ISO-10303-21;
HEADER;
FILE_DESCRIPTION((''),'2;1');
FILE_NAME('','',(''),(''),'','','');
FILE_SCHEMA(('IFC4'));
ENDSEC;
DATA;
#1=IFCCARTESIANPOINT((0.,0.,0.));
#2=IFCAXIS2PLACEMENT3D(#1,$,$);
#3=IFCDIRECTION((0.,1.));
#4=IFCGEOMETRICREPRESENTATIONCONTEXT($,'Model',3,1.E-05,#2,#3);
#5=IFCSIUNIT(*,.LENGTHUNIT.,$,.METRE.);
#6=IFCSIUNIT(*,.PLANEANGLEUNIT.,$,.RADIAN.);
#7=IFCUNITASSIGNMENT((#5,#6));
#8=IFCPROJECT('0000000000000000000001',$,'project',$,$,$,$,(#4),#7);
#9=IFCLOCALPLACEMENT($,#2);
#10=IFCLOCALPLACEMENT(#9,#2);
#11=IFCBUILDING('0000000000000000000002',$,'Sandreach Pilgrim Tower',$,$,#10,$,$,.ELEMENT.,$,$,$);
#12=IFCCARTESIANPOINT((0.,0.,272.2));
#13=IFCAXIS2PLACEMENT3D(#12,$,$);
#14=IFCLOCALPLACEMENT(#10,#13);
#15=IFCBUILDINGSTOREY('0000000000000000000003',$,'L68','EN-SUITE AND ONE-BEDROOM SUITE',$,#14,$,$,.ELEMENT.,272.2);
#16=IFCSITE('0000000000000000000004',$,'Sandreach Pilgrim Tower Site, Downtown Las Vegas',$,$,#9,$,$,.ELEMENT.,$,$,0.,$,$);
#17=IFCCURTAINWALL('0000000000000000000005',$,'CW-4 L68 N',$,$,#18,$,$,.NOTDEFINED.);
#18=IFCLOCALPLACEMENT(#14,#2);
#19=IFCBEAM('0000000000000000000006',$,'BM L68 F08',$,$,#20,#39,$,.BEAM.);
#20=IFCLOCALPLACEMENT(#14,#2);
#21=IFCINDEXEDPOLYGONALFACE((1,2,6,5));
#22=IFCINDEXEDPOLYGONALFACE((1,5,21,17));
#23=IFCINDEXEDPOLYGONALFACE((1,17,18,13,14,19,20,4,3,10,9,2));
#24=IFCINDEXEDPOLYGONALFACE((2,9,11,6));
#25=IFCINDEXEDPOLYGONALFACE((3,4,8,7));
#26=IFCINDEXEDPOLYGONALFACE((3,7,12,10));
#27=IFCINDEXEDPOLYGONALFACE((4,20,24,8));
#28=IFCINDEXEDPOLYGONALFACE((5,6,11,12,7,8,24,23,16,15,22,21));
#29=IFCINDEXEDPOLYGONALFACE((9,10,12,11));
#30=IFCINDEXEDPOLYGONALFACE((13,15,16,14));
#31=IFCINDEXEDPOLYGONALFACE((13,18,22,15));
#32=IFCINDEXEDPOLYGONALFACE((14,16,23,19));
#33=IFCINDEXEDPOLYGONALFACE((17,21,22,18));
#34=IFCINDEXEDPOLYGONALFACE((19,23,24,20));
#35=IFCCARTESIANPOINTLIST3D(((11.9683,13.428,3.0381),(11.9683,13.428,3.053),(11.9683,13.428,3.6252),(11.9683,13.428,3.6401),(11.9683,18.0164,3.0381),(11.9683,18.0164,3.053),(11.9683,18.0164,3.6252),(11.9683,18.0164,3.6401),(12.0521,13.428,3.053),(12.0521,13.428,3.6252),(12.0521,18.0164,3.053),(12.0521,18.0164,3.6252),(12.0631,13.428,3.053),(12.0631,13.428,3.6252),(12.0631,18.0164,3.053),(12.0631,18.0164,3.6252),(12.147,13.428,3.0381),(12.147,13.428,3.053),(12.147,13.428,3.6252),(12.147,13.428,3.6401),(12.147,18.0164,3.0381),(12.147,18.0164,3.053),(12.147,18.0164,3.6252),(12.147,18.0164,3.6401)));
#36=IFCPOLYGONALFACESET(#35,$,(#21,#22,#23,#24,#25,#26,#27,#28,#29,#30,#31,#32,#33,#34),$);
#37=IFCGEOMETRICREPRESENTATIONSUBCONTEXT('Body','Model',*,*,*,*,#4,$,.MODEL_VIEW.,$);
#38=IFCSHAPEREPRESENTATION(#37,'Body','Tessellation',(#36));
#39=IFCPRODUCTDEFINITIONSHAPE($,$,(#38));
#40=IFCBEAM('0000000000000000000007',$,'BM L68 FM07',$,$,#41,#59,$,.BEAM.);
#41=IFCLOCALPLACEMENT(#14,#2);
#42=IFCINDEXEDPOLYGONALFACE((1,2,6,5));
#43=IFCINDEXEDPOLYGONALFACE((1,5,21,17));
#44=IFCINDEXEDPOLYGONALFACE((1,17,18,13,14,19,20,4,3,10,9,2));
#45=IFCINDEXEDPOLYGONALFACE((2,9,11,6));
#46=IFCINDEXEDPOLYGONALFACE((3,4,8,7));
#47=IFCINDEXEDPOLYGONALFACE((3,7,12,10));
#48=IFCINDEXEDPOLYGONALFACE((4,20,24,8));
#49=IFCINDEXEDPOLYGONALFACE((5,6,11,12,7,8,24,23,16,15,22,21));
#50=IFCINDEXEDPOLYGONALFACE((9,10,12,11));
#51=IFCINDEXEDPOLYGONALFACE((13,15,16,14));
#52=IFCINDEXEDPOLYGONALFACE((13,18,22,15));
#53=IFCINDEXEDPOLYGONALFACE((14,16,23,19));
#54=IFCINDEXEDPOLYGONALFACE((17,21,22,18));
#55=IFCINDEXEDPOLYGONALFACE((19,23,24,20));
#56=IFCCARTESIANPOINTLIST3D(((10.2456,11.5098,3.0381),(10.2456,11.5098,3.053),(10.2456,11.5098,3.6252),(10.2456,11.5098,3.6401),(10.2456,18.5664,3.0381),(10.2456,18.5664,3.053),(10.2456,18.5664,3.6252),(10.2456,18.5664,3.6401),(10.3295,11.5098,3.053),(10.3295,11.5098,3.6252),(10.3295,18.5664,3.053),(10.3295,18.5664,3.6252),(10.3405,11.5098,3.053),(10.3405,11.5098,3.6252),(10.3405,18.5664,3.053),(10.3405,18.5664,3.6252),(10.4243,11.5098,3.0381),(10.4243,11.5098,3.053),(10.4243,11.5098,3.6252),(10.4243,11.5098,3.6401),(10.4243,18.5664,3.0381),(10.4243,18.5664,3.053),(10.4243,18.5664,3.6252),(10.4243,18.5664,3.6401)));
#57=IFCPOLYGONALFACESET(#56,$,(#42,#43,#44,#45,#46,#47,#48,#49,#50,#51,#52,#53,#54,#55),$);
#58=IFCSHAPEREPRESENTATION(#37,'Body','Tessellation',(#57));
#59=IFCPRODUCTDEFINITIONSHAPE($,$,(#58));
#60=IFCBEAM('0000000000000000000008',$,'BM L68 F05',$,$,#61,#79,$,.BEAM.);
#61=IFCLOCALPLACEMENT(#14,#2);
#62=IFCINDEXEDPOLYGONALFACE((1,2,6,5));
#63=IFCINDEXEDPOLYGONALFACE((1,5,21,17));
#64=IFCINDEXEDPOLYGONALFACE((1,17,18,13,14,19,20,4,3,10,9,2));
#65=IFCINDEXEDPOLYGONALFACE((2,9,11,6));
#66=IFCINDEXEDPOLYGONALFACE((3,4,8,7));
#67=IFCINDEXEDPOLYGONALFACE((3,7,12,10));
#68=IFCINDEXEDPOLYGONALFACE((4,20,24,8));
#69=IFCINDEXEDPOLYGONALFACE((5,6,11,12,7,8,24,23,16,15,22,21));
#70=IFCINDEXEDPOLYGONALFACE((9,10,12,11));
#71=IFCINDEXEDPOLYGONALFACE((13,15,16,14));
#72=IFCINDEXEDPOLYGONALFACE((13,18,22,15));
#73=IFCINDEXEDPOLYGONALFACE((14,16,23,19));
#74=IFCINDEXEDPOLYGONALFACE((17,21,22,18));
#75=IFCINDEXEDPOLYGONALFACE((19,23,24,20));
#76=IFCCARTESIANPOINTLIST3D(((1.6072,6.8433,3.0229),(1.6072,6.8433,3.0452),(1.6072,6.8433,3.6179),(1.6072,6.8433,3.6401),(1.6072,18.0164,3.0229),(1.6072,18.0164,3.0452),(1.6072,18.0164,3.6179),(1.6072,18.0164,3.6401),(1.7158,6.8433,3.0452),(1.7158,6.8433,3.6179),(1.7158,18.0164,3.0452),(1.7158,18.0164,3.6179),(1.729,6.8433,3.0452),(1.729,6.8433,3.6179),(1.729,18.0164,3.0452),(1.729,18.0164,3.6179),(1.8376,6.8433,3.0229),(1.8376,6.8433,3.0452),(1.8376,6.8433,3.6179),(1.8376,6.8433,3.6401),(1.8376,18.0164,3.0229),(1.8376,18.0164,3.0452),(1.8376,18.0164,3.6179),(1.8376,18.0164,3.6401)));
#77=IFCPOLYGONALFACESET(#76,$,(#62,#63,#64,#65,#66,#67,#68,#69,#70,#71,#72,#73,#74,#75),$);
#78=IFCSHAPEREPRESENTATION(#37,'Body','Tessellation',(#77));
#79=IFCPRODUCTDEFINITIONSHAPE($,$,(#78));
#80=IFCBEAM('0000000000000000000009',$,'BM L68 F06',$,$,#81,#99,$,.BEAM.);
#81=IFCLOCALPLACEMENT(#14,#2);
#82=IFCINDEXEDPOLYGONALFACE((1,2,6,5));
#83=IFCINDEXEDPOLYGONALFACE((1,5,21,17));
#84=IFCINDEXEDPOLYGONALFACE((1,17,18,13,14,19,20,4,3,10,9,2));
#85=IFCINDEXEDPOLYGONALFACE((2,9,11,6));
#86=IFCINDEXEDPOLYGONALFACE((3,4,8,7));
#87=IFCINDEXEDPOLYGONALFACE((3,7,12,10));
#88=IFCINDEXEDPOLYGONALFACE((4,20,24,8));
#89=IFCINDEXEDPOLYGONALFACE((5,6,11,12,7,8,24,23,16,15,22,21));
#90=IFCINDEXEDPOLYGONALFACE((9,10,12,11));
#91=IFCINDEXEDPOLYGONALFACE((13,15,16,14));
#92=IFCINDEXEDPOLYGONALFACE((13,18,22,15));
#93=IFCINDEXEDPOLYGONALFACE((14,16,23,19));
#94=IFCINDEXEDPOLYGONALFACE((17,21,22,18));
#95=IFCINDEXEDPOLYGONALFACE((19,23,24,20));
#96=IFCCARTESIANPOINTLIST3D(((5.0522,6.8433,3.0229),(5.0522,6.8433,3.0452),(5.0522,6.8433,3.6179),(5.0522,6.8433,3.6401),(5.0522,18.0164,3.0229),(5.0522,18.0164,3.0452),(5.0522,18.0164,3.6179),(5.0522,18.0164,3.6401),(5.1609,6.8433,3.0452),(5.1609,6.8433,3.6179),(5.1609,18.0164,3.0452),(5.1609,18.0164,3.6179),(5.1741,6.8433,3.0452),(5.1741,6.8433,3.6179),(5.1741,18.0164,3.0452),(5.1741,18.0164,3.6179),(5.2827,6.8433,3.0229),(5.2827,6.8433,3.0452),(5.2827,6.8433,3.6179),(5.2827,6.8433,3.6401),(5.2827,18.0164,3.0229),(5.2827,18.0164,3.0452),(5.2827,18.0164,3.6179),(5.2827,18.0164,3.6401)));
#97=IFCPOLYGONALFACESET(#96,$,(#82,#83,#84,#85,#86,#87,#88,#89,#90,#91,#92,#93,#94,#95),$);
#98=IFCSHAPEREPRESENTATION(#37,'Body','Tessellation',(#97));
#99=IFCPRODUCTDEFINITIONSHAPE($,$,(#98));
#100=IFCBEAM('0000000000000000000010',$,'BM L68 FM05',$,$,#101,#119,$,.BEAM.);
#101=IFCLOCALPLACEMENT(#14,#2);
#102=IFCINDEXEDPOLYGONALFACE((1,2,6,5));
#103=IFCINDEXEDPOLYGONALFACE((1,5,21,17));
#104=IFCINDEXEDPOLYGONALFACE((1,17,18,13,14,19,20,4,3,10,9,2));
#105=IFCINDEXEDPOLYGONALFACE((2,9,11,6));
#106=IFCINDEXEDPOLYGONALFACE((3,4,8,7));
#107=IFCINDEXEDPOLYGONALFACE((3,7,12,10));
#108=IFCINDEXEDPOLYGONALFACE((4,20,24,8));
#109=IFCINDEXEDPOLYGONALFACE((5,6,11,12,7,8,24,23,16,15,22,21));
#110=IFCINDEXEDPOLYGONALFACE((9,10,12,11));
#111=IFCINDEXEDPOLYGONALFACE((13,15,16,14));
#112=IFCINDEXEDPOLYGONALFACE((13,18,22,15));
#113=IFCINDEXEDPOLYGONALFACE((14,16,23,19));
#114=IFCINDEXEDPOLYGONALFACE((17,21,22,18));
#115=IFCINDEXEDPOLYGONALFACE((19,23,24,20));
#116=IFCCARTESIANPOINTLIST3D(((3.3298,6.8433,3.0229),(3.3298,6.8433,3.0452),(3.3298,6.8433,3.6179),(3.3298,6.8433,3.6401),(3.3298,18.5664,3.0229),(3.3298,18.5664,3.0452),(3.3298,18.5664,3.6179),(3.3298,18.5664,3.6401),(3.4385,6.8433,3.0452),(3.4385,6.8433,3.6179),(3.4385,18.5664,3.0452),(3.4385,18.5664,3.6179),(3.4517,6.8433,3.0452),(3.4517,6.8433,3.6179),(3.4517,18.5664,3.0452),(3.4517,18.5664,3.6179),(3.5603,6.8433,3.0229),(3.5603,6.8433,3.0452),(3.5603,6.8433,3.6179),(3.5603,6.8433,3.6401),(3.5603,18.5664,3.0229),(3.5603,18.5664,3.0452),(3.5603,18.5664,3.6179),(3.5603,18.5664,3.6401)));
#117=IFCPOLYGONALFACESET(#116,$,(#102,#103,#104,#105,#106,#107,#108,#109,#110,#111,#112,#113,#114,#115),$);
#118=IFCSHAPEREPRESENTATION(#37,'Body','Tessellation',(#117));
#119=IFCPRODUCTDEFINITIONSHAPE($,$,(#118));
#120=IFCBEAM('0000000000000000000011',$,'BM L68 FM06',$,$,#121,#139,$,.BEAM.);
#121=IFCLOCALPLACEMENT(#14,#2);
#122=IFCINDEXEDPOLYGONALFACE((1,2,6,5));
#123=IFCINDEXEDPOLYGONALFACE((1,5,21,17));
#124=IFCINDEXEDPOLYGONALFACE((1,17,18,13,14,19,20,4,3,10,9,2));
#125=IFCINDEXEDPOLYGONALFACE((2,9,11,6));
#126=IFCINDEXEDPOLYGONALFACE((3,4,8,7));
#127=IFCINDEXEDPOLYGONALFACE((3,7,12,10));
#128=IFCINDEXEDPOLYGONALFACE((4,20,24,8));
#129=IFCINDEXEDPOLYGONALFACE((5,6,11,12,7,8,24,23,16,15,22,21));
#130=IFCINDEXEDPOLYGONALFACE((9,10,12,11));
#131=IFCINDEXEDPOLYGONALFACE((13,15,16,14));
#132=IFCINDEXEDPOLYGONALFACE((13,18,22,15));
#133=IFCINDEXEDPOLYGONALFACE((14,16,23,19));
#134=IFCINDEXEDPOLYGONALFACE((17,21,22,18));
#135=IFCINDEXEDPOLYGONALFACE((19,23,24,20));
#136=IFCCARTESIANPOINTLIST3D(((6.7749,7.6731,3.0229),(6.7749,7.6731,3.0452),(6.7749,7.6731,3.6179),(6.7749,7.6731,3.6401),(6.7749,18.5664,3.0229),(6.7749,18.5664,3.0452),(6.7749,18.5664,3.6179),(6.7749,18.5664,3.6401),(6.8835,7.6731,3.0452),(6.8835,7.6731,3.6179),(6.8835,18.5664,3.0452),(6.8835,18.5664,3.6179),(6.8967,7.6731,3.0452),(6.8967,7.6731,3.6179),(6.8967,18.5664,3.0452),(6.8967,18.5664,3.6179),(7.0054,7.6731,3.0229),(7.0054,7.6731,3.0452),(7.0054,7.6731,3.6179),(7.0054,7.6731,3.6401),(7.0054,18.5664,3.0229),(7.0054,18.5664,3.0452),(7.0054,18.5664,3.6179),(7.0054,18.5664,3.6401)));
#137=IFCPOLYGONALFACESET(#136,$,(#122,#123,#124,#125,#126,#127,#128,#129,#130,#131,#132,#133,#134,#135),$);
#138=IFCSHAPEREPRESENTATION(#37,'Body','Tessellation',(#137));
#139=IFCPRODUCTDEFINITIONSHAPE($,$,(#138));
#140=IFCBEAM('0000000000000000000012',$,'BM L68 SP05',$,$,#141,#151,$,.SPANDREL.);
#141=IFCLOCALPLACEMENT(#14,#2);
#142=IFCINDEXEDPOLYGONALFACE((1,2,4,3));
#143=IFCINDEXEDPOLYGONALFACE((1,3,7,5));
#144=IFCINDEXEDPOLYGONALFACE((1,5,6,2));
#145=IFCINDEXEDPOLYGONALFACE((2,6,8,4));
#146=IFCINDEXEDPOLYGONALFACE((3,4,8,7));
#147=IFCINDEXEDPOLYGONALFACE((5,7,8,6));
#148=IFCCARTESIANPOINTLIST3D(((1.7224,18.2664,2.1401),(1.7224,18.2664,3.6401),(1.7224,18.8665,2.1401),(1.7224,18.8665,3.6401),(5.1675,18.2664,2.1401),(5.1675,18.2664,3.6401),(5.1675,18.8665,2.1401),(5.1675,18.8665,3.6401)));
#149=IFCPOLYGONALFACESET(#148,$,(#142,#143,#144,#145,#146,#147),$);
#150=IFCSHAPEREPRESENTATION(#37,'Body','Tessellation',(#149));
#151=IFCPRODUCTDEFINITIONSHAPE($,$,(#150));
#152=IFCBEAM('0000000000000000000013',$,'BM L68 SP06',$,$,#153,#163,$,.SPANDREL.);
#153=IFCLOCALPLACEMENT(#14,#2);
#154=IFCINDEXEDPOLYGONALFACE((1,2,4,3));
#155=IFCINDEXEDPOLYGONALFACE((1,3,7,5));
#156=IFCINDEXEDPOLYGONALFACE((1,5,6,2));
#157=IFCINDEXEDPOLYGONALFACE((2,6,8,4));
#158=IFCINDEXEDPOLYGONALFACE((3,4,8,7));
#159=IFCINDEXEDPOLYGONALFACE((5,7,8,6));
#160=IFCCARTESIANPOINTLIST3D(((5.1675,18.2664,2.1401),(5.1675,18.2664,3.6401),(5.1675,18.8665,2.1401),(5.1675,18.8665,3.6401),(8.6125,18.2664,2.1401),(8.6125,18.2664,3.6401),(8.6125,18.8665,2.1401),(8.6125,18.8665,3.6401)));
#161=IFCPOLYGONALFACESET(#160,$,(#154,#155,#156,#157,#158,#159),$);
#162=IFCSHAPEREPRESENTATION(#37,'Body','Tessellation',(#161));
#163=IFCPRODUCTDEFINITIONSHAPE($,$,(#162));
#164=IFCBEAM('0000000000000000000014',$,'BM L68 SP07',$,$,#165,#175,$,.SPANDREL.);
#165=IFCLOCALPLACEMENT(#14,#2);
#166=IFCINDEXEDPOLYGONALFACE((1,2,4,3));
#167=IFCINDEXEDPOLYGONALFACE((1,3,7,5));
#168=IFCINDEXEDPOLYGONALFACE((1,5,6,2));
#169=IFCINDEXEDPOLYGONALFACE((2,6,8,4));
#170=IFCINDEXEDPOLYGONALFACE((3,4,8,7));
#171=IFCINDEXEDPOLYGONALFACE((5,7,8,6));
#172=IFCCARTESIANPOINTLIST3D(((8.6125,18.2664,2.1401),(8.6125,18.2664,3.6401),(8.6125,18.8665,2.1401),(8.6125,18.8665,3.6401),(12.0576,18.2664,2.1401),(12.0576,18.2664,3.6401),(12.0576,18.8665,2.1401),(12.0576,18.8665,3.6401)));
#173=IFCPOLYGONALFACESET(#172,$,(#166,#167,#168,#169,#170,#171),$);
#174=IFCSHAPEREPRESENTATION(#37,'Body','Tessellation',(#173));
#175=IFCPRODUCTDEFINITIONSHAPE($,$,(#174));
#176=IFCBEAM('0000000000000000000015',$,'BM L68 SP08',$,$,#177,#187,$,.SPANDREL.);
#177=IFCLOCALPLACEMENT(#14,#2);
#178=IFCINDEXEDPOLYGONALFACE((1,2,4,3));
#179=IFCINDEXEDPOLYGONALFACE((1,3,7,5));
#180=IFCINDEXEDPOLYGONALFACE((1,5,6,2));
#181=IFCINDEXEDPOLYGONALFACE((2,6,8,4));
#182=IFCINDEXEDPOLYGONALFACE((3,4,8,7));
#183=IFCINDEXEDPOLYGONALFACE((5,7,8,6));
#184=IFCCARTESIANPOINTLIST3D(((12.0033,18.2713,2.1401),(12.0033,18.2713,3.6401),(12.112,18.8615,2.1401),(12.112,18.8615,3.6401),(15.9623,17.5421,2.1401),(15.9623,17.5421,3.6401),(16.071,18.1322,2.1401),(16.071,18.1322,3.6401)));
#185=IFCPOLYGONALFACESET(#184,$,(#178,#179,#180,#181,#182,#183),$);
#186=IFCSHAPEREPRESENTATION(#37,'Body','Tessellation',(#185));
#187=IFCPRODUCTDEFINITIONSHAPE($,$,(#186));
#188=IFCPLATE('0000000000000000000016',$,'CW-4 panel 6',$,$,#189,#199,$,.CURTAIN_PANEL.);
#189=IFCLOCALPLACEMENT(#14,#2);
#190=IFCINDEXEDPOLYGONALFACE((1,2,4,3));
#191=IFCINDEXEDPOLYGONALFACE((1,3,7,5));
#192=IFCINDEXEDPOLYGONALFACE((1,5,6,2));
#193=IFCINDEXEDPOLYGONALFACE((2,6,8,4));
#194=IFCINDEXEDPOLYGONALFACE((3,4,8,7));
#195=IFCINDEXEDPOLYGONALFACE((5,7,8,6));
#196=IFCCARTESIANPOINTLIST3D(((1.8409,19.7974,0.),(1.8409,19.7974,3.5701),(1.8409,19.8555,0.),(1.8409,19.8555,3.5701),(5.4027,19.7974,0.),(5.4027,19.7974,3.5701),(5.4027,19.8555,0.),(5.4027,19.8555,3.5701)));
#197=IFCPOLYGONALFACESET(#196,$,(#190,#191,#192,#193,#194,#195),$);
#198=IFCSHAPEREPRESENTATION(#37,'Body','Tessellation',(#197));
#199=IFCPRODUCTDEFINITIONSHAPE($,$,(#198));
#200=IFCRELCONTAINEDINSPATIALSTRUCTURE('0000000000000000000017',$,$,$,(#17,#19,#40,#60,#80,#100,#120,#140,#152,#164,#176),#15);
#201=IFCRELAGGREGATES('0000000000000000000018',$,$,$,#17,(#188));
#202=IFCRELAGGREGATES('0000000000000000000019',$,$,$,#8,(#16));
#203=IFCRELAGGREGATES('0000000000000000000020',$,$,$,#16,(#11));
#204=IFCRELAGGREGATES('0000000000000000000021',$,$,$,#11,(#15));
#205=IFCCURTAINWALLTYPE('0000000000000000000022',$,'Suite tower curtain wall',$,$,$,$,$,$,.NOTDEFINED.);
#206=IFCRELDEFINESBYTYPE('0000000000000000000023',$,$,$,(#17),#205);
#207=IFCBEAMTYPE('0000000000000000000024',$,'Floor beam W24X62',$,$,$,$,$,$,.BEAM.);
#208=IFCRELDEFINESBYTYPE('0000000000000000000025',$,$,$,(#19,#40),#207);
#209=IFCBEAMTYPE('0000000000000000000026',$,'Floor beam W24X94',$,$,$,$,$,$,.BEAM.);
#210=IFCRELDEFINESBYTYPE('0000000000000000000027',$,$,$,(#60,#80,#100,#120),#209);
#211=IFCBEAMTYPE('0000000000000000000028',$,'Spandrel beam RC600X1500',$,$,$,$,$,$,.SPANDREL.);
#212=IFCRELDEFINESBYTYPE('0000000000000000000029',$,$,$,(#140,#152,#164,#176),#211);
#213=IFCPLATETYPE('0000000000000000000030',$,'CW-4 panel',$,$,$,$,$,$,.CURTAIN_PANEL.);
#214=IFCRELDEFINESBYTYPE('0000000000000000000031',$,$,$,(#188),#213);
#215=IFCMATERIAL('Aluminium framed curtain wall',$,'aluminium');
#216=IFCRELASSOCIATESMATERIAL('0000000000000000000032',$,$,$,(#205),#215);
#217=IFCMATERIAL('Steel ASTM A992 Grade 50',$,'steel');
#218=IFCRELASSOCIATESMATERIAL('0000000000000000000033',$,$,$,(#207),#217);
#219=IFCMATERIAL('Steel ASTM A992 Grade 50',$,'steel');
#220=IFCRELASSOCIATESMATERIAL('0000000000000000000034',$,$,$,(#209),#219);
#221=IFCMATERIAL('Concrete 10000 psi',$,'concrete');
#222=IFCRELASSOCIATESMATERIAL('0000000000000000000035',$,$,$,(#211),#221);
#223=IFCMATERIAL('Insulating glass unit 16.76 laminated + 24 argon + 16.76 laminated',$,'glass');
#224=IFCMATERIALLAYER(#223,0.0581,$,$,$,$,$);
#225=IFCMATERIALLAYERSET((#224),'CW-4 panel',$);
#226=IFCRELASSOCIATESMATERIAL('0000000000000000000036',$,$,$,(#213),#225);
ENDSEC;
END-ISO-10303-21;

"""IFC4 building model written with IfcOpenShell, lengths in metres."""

from ifc_helpers import new_model, si_unit, direction, frame, origin, origin_2d, place, context, subcontext, project, spatial, rectangle, i_section, extrude, material, layer, layer_set, material_profile, profile_set, type_object, element, aggregate, save


model = new_model("IFC4")

# Units and contexts
model_context = context("Model", 3, precision=1e-05, world=origin(), true_north=direction((0.0, 1.0)))
body_context = subcontext(model_context, "Body", "Model", "MODEL_VIEW")
ifc_project = project(units=[si_unit("LENGTHUNIT", "METRE"), si_unit("PLANEANGLEUNIT", "RADIAN")], contexts=[model_context])

# Site, building, storey
site_placement = place(None, origin())
site = spatial("IfcSite", under=ifc_project, at=site_placement, Name="Sandreach Pilgrim Tower Site, Downtown Las Vegas", CompositionType="ELEMENT", RefElevation=0.0)
building_placement = place(site_placement, origin())
building = spatial("IfcBuilding", under=site, at=building_placement, Name="Sandreach Pilgrim Tower", CompositionType="ELEMENT")
storey_placement = place(building_placement, frame((0.0, 0.0, 272.2)))
storey = spatial("IfcBuildingStorey", under=building, at=storey_placement, Name="L68", Description="EN-SUITE AND ONE-BEDROOM SUITE", CompositionType="ELEMENT", Elevation=272.2)

# Curtain wall
ifc_material_1 = material(Name="Aluminium framed curtain wall", Category="aluminium")
curtain_wall_type = type_object("IfcCurtainWallType", Name="Suite tower curtain wall", PredefinedType="NOTDEFINED", material=ifc_material_1)
curtain_wall_placement = place(storey_placement, origin())
curtain_wall = element("IfcCurtainWall", 1, at=curtain_wall_placement, inside=storey, type_object=curtain_wall_type, Name="CW-4 L68 N", PredefinedType="NOTDEFINED")

# Beams
ifc_material_2 = material(Name="Steel ASTM A992 Grade 50", Category="steel")
ifc_material_profile_1 = material_profile(ifc_material_2, i_section(OverallWidth=0.1787, OverallDepth=0.6021, WebThickness=0.011, FlangeThickness=0.0149, at=origin_2d()), Name="W24X62")
ifc_profile_set_1 = profile_set([ifc_material_profile_1], Name="Steel ASTM A992 Grade 50")
beam_type_1 = type_object("IfcBeamType", Name="Floor beam W24X62", PredefinedType="BEAM", material=ifc_profile_set_1)
beam_1_placement = place(storey_placement, frame((12.0576, 18.0164, 3.3391), z_axis=(0.0, -1.0, 0.0), x_axis=(1.0, 0.0, 0.0)))
element("IfcBeam", 2, at=beam_1_placement, inside=storey, type_object=beam_type_1, Name="BM L68 F08", PredefinedType="BEAM", context=body_context, shape_type="SweptSolid", body=[
    extrude(i_section(OverallWidth=0.1787, OverallDepth=0.6021, WebThickness=0.011, FlangeThickness=0.0149, at=origin_2d()), origin(), (0.0, 0.0, 1.0), 4.5884),
])
beam_2_placement = place(storey_placement, frame((10.335, 18.5664, 3.3391), z_axis=(0.0, -1.0, 0.0), x_axis=(1.0, 0.0, 0.0)))
element("IfcBeam", 3, at=beam_2_placement, inside=storey, type_object=beam_type_1, Name="BM L68 FM07", PredefinedType="BEAM", context=body_context, shape_type="SweptSolid", body=[
    extrude(i_section(OverallWidth=0.1787, OverallDepth=0.6021, WebThickness=0.011, FlangeThickness=0.0149, at=origin_2d()), origin(), (0.0, 0.0, 1.0), 7.0566),
])
ifc_material_3 = material(Name="Steel ASTM A992 Grade 50", Category="steel")
ifc_material_profile_2 = material_profile(ifc_material_3, i_section(OverallWidth=0.2305, OverallDepth=0.6172, WebThickness=0.0132, FlangeThickness=0.0222, at=origin_2d()), Name="W24X94")
ifc_profile_set_2 = profile_set([ifc_material_profile_2], Name="Steel ASTM A992 Grade 50")
beam_type_2 = type_object("IfcBeamType", Name="Floor beam W24X94", PredefinedType="BEAM", material=ifc_profile_set_2)
for number, where, z_axis, x_axis, name in (
    (4, (1.7224, 18.0164, 3.3315), (0.0, -1.0, 0.0), (1.0, 0.0, 0.0), "BM L68 F05"),
    (5, (5.1675, 18.0164, 3.3315), (0.0, -1.0, 0.0), (1.0, 0.0, 0.0), "BM L68 F06"),
):
    element("IfcBeam", number, at=place(storey_placement, frame(where, z_axis=z_axis, x_axis=x_axis)), inside=storey, type_object=beam_type_2, Name=name, PredefinedType="BEAM", context=body_context, shape_type="SweptSolid", body=[
        extrude(i_section(OverallWidth=0.2305, OverallDepth=0.6172, WebThickness=0.0132, FlangeThickness=0.0222, at=origin_2d()), origin(), (0.0, 0.0, 1.0), 11.1731),
    ])
beam_3_placement = place(storey_placement, frame((3.4451, 18.5664, 3.3315), z_axis=(0.0, -1.0, 0.0), x_axis=(1.0, 0.0, 0.0)))
element("IfcBeam", 6, at=beam_3_placement, inside=storey, type_object=beam_type_2, Name="BM L68 FM05", PredefinedType="BEAM", context=body_context, shape_type="SweptSolid", body=[
    extrude(i_section(OverallWidth=0.2305, OverallDepth=0.6172, WebThickness=0.0132, FlangeThickness=0.0222, at=origin_2d()), origin(), (0.0, 0.0, 1.0), 11.7231),
])
beam_4_placement = place(storey_placement, frame((6.8901, 18.5664, 3.3315), z_axis=(0.0, -1.0, 0.0), x_axis=(1.0, 0.0, 0.0)))
element("IfcBeam", 7, at=beam_4_placement, inside=storey, type_object=beam_type_2, Name="BM L68 FM06", PredefinedType="BEAM", context=body_context, shape_type="SweptSolid", body=[
    extrude(i_section(OverallWidth=0.2305, OverallDepth=0.6172, WebThickness=0.0132, FlangeThickness=0.0222, at=origin_2d()), origin(), (0.0, 0.0, 1.0), 10.8933),
])
ifc_material_4 = material(Name="Concrete 10000 psi", Category="concrete")
ifc_material_profile_3 = material_profile(ifc_material_4, rectangle(XDim=0.6001, YDim=1.5, at=origin_2d()), Name="RC600X1500")
ifc_profile_set_3 = profile_set([ifc_material_profile_3], Name="Concrete 10000 psi")
beam_type_3 = type_object("IfcBeamType", Name="Spandrel beam RC600X1500", PredefinedType="SPANDREL", material=ifc_profile_set_3)
for number, where, z_axis, x_axis, name in (
    (8, (1.7224, 18.5664, 2.8901), (1.0, 0.0, 0.0), (0.0, 1.0, 0.0), "BM L68 SP05"),
    (9, (5.1675, 18.5664, 2.8901), (1.0, 0.0, 0.0), (0.0, 1.0, 0.0), "BM L68 SP06"),
    (10, (8.6125, 18.5664, 2.8901), (1.0, 0.0, 0.0), (0.0, 1.0, 0.0), "BM L68 SP07"),
):
    element("IfcBeam", number, at=place(storey_placement, frame(where, z_axis=z_axis, x_axis=x_axis)), inside=storey, type_object=beam_type_3, Name=name, PredefinedType="SPANDREL", context=body_context, shape_type="SweptSolid", body=[
        extrude(rectangle(XDim=0.6001, YDim=1.5, at=origin_2d()), origin(), (0.0, 0.0, 1.0), 3.4451),
    ])
beam_5_placement = place(storey_placement, frame((12.0576, 18.5664, 2.8901), z_axis=(0.983455, -0.181153, 0.0), x_axis=(0.181153, 0.983455, 0.0)))
element("IfcBeam", 11, at=beam_5_placement, inside=storey, type_object=beam_type_3, Name="BM L68 SP08", PredefinedType="SPANDREL", context=body_context, shape_type="SweptSolid", body=[
    extrude(rectangle(XDim=0.6001, YDim=1.5, at=origin_2d()), origin(), (0.0, 0.0, 1.0), 4.0256),
])

# Plate
ifc_material_5 = material(Name="Insulating glass unit 16.76 laminated + 24 argon + 16.76 laminated", Category="glass")
ifc_layer_1 = layer(ifc_material_5, 0.0581)
ifc_layer_set_1 = layer_set([ifc_layer_1], Name="CW-4 panel")
plate_type = type_object("IfcPlateType", Name="CW-4 panel", PredefinedType="CURTAIN_PANEL", material=ifc_layer_set_1)
plate_1_placement = place(storey_placement, frame((3.6218, 19.8264, 0.0), z_axis=(0.0, 0.0, 1.0), x_axis=(1.0, 0.0, 0.0)))
plate_1 = element("IfcPlate", 12, at=plate_1_placement, type_object=plate_type, Name="CW-4 panel 6", PredefinedType="CURTAIN_PANEL", context=body_context, shape_type="SweptSolid", body=[
    extrude(rectangle(XDim=3.5618, YDim=0.0581, at=origin_2d()), origin(), (0.0, 0.0, 1.0), 3.5701),
])
aggregate(curtain_wall, [plate_1])

save(model, "model.ifc")
